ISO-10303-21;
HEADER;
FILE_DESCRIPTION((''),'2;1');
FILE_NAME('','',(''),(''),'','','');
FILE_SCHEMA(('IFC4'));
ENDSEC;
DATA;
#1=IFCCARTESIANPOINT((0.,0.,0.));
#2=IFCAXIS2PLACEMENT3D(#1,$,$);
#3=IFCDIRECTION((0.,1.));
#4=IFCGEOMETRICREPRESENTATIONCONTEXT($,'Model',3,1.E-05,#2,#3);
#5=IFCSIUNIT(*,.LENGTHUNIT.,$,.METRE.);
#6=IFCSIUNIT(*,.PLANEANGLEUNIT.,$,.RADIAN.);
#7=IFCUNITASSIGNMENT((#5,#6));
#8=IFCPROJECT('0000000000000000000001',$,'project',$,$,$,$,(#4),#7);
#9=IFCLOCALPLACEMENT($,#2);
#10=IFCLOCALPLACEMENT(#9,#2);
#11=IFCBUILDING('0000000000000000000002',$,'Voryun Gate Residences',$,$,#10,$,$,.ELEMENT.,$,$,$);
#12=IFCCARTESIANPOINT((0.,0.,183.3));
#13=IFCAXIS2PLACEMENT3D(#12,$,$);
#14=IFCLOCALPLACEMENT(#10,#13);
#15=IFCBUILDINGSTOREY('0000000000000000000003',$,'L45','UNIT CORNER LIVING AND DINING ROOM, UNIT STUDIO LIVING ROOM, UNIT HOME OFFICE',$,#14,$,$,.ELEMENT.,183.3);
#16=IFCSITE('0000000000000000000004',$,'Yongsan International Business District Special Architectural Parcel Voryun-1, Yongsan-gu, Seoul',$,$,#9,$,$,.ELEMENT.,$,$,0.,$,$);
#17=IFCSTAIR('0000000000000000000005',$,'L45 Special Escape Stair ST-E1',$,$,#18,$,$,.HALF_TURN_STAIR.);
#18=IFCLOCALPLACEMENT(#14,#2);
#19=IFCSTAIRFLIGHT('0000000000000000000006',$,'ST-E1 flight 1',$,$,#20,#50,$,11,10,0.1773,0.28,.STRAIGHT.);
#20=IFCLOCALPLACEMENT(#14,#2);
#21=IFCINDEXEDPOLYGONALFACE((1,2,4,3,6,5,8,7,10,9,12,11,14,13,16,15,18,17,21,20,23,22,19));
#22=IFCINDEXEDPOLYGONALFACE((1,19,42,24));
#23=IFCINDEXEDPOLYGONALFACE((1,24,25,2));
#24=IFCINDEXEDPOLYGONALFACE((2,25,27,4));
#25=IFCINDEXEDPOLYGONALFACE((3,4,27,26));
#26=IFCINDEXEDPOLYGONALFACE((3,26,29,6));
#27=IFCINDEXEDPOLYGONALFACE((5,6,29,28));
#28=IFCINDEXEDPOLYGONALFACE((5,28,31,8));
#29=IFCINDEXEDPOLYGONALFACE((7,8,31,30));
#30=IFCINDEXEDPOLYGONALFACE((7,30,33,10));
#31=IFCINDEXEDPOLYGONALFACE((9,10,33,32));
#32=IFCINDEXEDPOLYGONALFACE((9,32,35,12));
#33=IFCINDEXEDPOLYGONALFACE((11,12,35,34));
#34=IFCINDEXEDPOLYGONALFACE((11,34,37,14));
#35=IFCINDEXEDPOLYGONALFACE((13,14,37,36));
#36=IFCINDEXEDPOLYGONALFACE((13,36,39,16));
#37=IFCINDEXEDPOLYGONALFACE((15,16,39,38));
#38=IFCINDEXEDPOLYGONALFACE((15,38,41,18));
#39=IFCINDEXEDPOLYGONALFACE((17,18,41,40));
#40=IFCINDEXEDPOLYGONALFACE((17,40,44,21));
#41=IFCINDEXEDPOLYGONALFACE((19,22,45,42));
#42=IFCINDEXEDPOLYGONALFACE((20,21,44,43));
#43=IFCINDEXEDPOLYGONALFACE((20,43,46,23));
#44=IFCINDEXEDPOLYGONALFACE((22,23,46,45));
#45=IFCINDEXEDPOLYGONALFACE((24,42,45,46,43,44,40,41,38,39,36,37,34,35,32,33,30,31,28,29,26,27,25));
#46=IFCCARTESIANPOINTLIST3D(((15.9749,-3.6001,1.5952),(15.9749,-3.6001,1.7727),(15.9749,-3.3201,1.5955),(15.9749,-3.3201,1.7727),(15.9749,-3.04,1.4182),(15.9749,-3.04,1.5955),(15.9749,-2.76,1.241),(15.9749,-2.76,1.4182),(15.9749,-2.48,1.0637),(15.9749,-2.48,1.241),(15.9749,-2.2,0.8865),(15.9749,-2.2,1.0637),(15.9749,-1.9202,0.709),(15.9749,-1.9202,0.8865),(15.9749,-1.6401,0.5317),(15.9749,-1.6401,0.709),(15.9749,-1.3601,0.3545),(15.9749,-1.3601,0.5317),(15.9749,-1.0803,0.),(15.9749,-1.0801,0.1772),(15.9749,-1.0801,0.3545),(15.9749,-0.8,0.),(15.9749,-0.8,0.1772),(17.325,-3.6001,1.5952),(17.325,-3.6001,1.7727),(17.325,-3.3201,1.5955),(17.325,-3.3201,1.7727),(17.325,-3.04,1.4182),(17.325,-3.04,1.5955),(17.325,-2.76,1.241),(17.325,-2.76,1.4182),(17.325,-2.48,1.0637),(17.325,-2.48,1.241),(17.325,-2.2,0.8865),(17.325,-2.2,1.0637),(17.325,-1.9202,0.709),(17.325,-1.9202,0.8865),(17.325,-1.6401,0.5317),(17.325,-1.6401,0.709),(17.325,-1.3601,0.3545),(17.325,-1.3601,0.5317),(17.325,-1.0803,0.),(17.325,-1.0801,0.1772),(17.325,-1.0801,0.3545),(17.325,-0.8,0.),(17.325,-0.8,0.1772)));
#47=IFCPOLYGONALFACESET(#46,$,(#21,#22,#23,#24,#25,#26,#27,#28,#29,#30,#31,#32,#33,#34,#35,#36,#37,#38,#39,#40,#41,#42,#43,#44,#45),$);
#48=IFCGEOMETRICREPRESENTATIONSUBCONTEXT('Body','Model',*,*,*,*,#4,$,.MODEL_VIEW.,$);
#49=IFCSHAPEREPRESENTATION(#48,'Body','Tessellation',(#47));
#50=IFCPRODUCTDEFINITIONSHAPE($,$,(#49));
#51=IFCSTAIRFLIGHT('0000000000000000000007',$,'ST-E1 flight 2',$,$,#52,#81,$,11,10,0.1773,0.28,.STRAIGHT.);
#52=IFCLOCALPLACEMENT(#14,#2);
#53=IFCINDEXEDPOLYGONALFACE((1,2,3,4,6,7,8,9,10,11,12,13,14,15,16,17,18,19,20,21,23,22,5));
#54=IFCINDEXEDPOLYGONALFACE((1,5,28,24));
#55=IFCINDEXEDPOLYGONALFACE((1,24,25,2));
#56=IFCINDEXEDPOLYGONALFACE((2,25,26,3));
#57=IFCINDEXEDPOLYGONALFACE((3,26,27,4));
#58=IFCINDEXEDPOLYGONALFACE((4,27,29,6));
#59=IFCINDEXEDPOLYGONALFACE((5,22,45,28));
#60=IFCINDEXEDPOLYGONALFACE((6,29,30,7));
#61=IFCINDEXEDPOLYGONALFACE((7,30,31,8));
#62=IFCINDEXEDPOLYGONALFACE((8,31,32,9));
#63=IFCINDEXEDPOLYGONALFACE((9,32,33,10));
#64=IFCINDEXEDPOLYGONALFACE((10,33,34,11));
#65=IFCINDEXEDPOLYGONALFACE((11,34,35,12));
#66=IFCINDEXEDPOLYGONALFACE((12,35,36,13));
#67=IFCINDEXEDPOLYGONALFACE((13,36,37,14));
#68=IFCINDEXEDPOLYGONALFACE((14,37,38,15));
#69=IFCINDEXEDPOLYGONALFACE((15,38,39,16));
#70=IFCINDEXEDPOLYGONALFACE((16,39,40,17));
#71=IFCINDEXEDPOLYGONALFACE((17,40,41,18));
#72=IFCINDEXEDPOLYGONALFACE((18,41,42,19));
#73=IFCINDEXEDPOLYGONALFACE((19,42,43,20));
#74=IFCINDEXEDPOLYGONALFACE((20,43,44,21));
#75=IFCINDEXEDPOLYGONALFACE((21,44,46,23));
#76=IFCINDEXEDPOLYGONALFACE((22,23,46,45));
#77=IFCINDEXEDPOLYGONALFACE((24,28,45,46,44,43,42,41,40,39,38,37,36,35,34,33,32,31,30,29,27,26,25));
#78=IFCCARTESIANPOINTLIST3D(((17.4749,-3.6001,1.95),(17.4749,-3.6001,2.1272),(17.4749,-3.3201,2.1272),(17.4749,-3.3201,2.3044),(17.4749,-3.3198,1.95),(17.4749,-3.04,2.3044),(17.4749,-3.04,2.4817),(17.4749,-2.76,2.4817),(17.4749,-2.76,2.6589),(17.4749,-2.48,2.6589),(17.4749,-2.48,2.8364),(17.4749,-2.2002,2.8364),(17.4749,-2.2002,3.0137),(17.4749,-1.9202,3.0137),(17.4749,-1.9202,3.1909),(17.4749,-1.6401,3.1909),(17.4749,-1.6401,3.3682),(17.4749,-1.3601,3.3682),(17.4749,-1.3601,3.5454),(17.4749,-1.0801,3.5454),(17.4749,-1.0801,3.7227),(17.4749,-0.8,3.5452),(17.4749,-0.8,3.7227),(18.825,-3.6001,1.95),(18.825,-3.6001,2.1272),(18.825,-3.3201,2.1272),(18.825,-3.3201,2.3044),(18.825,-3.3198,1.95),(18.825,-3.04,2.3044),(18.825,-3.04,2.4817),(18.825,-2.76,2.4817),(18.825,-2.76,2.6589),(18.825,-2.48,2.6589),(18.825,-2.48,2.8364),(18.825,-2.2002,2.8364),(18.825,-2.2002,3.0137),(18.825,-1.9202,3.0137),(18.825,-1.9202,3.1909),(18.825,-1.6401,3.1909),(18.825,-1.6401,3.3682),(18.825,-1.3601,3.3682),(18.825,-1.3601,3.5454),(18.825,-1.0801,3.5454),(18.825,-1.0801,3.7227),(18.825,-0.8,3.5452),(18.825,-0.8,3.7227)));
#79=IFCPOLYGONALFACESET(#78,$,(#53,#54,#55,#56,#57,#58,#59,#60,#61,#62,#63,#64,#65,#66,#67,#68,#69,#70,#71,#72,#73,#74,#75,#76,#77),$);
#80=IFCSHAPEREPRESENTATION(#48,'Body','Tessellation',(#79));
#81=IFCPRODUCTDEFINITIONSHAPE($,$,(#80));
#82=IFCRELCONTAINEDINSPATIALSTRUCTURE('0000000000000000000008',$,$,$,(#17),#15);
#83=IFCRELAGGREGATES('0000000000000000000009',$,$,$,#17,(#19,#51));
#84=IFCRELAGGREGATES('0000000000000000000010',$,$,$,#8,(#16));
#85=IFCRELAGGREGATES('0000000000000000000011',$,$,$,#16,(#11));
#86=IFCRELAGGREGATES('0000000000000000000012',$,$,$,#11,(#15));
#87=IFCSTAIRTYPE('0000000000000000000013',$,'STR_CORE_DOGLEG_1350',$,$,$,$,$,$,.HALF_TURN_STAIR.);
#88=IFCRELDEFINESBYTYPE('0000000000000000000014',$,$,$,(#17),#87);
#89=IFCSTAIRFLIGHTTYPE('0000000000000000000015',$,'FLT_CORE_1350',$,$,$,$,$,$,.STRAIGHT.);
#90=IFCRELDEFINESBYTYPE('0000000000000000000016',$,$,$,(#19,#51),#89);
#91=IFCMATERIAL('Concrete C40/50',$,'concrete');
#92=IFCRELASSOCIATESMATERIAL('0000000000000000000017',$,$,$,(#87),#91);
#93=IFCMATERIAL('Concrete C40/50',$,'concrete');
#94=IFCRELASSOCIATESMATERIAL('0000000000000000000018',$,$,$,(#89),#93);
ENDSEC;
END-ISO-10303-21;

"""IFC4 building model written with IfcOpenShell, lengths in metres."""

from ifc_helpers import new_model, si_unit, direction, frame, origin, place, context, subcontext, project, spatial, polyline, outline, extrude, material, type_object, element, aggregate, save


model = new_model("IFC4")

# Units and contexts
model_context = context("Model", 3, precision=1e-05, world=origin(), true_north=direction((0.0, 1.0)))
body_context = subcontext(model_context, "Body", "Model", "MODEL_VIEW")
ifc_project = project(units=[si_unit("LENGTHUNIT", "METRE"), si_unit("PLANEANGLEUNIT", "RADIAN")], contexts=[model_context])

# Site, building, storey
site_placement = place(None, origin())
site = spatial("IfcSite", under=ifc_project, at=site_placement, Name="Yongsan International Business District Special Architectural Parcel Voryun-1, Yongsan-gu, Seoul", CompositionType="ELEMENT", RefElevation=0.0)
building_placement = place(site_placement, origin())
building = spatial("IfcBuilding", under=site, at=building_placement, Name="Voryun Gate Residences", CompositionType="ELEMENT")
storey_placement = place(building_placement, frame((0.0, 0.0, 183.3)))
storey = spatial("IfcBuildingStorey", under=building, at=storey_placement, Name="L45", Description="UNIT CORNER LIVING AND DINING ROOM, UNIT STUDIO LIVING ROOM, UNIT HOME OFFICE", CompositionType="ELEMENT", Elevation=183.3)

# Stair, stair flights
ifc_material_1 = material(Name="Concrete C40/50", Category="concrete")
stair_type = type_object("IfcStairType", Name="STR_CORE_DOGLEG_1350", PredefinedType="HALF_TURN_STAIR", material=ifc_material_1)
stair_placement = place(storey_placement, origin())
stair = element("IfcStair", 1, at=stair_placement, inside=storey, type_object=stair_type, Name="L45 Special Escape Stair ST-E1", PredefinedType="HALF_TURN_STAIR")
ifc_material_2 = material(Name="Concrete C40/50", Category="concrete")
stair_flight_type = type_object("IfcStairFlightType", Name="FLT_CORE_1350", PredefinedType="STRAIGHT", material=ifc_material_2)
stair_flight_1_placement = place(storey_placement, frame((16.6499, -0.8, 0.0), z_axis=(0.0, 0.0, 1.0), x_axis=(0.0, -1.0, 0.0)))
stair_flight_1 = element("IfcStairFlight", 2, at=stair_flight_1_placement, type_object=stair_flight_type, Name="ST-E1 flight 1", NumberOfRisers=11, NumberOfTreads=10, PredefinedType="STRAIGHT", RiserHeight=0.1773, TreadLength=0.28, context=body_context, shape_type="SweptSolid", body=[
    extrude(outline(polyline([(0.0, 0.0), (0.0, 0.1772), (0.28, 0.1772), (0.28, 0.3545), (0.5601, 0.3545), (0.5601, 0.5317), (0.8401, 0.5317), (0.8401, 0.709), (1.1201, 0.709), (1.1201, 0.8865), (1.3999, 0.8865), (1.3999, 1.0637), (1.6799, 1.0637), (1.6799, 1.241), (1.96, 1.241), (1.96, 1.4182), (2.24, 1.4182), (2.24, 1.5955), (2.52, 1.5955), (2.52, 1.7727), (2.8, 1.7727), (2.8, 1.95), (2.8, 1.5952), (0.2803, 0.0), (0.0, 0.0)])), frame((0.0, 0.675, 0.0), z_axis=(0.0, -1.0, 0.0), x_axis=(1.0, 0.0, 0.0)), (0.0, 0.0, 1.0), 1.3501),
])
stair_flight_2_placement = place(storey_placement, frame((18.1499, -3.6001, 1.95), z_axis=(0.0, 0.0, 1.0), x_axis=(0.0, 1.0, 0.0)))
stair_flight_2 = element("IfcStairFlight", 3, at=stair_flight_2_placement, type_object=stair_flight_type, Name="ST-E1 flight 2", NumberOfRisers=11, NumberOfTreads=10, PredefinedType="STRAIGHT", RiserHeight=0.1773, TreadLength=0.28, context=body_context, shape_type="SweptSolid", body=[
    extrude(outline(polyline([(0.0, 0.0), (0.0, 0.1772), (0.28, 0.1772), (0.28, 0.3545), (0.5601, 0.3545), (0.5601, 0.5317), (0.8401, 0.5317), (0.8401, 0.709), (1.1201, 0.709), (1.1201, 0.8865), (1.3999, 0.8865), (1.3999, 1.0637), (1.6799, 1.0637), (1.6799, 1.241), (1.96, 1.241), (1.96, 1.4182), (2.24, 1.4182), (2.24, 1.5955), (2.52, 1.5955), (2.52, 1.7727), (2.8, 1.7727), (2.8, 1.95), (2.8, 1.5952), (0.2803, 0.0), (0.0, 0.0)])), frame((0.0, 0.675, 0.0), z_axis=(0.0, -1.0, 0.0), x_axis=(1.0, 0.0, 0.0)), (0.0, 0.0, 1.0), 1.3501),
])
aggregate(stair, [stair_flight_1, stair_flight_2])

save(model, "model.ifc")
